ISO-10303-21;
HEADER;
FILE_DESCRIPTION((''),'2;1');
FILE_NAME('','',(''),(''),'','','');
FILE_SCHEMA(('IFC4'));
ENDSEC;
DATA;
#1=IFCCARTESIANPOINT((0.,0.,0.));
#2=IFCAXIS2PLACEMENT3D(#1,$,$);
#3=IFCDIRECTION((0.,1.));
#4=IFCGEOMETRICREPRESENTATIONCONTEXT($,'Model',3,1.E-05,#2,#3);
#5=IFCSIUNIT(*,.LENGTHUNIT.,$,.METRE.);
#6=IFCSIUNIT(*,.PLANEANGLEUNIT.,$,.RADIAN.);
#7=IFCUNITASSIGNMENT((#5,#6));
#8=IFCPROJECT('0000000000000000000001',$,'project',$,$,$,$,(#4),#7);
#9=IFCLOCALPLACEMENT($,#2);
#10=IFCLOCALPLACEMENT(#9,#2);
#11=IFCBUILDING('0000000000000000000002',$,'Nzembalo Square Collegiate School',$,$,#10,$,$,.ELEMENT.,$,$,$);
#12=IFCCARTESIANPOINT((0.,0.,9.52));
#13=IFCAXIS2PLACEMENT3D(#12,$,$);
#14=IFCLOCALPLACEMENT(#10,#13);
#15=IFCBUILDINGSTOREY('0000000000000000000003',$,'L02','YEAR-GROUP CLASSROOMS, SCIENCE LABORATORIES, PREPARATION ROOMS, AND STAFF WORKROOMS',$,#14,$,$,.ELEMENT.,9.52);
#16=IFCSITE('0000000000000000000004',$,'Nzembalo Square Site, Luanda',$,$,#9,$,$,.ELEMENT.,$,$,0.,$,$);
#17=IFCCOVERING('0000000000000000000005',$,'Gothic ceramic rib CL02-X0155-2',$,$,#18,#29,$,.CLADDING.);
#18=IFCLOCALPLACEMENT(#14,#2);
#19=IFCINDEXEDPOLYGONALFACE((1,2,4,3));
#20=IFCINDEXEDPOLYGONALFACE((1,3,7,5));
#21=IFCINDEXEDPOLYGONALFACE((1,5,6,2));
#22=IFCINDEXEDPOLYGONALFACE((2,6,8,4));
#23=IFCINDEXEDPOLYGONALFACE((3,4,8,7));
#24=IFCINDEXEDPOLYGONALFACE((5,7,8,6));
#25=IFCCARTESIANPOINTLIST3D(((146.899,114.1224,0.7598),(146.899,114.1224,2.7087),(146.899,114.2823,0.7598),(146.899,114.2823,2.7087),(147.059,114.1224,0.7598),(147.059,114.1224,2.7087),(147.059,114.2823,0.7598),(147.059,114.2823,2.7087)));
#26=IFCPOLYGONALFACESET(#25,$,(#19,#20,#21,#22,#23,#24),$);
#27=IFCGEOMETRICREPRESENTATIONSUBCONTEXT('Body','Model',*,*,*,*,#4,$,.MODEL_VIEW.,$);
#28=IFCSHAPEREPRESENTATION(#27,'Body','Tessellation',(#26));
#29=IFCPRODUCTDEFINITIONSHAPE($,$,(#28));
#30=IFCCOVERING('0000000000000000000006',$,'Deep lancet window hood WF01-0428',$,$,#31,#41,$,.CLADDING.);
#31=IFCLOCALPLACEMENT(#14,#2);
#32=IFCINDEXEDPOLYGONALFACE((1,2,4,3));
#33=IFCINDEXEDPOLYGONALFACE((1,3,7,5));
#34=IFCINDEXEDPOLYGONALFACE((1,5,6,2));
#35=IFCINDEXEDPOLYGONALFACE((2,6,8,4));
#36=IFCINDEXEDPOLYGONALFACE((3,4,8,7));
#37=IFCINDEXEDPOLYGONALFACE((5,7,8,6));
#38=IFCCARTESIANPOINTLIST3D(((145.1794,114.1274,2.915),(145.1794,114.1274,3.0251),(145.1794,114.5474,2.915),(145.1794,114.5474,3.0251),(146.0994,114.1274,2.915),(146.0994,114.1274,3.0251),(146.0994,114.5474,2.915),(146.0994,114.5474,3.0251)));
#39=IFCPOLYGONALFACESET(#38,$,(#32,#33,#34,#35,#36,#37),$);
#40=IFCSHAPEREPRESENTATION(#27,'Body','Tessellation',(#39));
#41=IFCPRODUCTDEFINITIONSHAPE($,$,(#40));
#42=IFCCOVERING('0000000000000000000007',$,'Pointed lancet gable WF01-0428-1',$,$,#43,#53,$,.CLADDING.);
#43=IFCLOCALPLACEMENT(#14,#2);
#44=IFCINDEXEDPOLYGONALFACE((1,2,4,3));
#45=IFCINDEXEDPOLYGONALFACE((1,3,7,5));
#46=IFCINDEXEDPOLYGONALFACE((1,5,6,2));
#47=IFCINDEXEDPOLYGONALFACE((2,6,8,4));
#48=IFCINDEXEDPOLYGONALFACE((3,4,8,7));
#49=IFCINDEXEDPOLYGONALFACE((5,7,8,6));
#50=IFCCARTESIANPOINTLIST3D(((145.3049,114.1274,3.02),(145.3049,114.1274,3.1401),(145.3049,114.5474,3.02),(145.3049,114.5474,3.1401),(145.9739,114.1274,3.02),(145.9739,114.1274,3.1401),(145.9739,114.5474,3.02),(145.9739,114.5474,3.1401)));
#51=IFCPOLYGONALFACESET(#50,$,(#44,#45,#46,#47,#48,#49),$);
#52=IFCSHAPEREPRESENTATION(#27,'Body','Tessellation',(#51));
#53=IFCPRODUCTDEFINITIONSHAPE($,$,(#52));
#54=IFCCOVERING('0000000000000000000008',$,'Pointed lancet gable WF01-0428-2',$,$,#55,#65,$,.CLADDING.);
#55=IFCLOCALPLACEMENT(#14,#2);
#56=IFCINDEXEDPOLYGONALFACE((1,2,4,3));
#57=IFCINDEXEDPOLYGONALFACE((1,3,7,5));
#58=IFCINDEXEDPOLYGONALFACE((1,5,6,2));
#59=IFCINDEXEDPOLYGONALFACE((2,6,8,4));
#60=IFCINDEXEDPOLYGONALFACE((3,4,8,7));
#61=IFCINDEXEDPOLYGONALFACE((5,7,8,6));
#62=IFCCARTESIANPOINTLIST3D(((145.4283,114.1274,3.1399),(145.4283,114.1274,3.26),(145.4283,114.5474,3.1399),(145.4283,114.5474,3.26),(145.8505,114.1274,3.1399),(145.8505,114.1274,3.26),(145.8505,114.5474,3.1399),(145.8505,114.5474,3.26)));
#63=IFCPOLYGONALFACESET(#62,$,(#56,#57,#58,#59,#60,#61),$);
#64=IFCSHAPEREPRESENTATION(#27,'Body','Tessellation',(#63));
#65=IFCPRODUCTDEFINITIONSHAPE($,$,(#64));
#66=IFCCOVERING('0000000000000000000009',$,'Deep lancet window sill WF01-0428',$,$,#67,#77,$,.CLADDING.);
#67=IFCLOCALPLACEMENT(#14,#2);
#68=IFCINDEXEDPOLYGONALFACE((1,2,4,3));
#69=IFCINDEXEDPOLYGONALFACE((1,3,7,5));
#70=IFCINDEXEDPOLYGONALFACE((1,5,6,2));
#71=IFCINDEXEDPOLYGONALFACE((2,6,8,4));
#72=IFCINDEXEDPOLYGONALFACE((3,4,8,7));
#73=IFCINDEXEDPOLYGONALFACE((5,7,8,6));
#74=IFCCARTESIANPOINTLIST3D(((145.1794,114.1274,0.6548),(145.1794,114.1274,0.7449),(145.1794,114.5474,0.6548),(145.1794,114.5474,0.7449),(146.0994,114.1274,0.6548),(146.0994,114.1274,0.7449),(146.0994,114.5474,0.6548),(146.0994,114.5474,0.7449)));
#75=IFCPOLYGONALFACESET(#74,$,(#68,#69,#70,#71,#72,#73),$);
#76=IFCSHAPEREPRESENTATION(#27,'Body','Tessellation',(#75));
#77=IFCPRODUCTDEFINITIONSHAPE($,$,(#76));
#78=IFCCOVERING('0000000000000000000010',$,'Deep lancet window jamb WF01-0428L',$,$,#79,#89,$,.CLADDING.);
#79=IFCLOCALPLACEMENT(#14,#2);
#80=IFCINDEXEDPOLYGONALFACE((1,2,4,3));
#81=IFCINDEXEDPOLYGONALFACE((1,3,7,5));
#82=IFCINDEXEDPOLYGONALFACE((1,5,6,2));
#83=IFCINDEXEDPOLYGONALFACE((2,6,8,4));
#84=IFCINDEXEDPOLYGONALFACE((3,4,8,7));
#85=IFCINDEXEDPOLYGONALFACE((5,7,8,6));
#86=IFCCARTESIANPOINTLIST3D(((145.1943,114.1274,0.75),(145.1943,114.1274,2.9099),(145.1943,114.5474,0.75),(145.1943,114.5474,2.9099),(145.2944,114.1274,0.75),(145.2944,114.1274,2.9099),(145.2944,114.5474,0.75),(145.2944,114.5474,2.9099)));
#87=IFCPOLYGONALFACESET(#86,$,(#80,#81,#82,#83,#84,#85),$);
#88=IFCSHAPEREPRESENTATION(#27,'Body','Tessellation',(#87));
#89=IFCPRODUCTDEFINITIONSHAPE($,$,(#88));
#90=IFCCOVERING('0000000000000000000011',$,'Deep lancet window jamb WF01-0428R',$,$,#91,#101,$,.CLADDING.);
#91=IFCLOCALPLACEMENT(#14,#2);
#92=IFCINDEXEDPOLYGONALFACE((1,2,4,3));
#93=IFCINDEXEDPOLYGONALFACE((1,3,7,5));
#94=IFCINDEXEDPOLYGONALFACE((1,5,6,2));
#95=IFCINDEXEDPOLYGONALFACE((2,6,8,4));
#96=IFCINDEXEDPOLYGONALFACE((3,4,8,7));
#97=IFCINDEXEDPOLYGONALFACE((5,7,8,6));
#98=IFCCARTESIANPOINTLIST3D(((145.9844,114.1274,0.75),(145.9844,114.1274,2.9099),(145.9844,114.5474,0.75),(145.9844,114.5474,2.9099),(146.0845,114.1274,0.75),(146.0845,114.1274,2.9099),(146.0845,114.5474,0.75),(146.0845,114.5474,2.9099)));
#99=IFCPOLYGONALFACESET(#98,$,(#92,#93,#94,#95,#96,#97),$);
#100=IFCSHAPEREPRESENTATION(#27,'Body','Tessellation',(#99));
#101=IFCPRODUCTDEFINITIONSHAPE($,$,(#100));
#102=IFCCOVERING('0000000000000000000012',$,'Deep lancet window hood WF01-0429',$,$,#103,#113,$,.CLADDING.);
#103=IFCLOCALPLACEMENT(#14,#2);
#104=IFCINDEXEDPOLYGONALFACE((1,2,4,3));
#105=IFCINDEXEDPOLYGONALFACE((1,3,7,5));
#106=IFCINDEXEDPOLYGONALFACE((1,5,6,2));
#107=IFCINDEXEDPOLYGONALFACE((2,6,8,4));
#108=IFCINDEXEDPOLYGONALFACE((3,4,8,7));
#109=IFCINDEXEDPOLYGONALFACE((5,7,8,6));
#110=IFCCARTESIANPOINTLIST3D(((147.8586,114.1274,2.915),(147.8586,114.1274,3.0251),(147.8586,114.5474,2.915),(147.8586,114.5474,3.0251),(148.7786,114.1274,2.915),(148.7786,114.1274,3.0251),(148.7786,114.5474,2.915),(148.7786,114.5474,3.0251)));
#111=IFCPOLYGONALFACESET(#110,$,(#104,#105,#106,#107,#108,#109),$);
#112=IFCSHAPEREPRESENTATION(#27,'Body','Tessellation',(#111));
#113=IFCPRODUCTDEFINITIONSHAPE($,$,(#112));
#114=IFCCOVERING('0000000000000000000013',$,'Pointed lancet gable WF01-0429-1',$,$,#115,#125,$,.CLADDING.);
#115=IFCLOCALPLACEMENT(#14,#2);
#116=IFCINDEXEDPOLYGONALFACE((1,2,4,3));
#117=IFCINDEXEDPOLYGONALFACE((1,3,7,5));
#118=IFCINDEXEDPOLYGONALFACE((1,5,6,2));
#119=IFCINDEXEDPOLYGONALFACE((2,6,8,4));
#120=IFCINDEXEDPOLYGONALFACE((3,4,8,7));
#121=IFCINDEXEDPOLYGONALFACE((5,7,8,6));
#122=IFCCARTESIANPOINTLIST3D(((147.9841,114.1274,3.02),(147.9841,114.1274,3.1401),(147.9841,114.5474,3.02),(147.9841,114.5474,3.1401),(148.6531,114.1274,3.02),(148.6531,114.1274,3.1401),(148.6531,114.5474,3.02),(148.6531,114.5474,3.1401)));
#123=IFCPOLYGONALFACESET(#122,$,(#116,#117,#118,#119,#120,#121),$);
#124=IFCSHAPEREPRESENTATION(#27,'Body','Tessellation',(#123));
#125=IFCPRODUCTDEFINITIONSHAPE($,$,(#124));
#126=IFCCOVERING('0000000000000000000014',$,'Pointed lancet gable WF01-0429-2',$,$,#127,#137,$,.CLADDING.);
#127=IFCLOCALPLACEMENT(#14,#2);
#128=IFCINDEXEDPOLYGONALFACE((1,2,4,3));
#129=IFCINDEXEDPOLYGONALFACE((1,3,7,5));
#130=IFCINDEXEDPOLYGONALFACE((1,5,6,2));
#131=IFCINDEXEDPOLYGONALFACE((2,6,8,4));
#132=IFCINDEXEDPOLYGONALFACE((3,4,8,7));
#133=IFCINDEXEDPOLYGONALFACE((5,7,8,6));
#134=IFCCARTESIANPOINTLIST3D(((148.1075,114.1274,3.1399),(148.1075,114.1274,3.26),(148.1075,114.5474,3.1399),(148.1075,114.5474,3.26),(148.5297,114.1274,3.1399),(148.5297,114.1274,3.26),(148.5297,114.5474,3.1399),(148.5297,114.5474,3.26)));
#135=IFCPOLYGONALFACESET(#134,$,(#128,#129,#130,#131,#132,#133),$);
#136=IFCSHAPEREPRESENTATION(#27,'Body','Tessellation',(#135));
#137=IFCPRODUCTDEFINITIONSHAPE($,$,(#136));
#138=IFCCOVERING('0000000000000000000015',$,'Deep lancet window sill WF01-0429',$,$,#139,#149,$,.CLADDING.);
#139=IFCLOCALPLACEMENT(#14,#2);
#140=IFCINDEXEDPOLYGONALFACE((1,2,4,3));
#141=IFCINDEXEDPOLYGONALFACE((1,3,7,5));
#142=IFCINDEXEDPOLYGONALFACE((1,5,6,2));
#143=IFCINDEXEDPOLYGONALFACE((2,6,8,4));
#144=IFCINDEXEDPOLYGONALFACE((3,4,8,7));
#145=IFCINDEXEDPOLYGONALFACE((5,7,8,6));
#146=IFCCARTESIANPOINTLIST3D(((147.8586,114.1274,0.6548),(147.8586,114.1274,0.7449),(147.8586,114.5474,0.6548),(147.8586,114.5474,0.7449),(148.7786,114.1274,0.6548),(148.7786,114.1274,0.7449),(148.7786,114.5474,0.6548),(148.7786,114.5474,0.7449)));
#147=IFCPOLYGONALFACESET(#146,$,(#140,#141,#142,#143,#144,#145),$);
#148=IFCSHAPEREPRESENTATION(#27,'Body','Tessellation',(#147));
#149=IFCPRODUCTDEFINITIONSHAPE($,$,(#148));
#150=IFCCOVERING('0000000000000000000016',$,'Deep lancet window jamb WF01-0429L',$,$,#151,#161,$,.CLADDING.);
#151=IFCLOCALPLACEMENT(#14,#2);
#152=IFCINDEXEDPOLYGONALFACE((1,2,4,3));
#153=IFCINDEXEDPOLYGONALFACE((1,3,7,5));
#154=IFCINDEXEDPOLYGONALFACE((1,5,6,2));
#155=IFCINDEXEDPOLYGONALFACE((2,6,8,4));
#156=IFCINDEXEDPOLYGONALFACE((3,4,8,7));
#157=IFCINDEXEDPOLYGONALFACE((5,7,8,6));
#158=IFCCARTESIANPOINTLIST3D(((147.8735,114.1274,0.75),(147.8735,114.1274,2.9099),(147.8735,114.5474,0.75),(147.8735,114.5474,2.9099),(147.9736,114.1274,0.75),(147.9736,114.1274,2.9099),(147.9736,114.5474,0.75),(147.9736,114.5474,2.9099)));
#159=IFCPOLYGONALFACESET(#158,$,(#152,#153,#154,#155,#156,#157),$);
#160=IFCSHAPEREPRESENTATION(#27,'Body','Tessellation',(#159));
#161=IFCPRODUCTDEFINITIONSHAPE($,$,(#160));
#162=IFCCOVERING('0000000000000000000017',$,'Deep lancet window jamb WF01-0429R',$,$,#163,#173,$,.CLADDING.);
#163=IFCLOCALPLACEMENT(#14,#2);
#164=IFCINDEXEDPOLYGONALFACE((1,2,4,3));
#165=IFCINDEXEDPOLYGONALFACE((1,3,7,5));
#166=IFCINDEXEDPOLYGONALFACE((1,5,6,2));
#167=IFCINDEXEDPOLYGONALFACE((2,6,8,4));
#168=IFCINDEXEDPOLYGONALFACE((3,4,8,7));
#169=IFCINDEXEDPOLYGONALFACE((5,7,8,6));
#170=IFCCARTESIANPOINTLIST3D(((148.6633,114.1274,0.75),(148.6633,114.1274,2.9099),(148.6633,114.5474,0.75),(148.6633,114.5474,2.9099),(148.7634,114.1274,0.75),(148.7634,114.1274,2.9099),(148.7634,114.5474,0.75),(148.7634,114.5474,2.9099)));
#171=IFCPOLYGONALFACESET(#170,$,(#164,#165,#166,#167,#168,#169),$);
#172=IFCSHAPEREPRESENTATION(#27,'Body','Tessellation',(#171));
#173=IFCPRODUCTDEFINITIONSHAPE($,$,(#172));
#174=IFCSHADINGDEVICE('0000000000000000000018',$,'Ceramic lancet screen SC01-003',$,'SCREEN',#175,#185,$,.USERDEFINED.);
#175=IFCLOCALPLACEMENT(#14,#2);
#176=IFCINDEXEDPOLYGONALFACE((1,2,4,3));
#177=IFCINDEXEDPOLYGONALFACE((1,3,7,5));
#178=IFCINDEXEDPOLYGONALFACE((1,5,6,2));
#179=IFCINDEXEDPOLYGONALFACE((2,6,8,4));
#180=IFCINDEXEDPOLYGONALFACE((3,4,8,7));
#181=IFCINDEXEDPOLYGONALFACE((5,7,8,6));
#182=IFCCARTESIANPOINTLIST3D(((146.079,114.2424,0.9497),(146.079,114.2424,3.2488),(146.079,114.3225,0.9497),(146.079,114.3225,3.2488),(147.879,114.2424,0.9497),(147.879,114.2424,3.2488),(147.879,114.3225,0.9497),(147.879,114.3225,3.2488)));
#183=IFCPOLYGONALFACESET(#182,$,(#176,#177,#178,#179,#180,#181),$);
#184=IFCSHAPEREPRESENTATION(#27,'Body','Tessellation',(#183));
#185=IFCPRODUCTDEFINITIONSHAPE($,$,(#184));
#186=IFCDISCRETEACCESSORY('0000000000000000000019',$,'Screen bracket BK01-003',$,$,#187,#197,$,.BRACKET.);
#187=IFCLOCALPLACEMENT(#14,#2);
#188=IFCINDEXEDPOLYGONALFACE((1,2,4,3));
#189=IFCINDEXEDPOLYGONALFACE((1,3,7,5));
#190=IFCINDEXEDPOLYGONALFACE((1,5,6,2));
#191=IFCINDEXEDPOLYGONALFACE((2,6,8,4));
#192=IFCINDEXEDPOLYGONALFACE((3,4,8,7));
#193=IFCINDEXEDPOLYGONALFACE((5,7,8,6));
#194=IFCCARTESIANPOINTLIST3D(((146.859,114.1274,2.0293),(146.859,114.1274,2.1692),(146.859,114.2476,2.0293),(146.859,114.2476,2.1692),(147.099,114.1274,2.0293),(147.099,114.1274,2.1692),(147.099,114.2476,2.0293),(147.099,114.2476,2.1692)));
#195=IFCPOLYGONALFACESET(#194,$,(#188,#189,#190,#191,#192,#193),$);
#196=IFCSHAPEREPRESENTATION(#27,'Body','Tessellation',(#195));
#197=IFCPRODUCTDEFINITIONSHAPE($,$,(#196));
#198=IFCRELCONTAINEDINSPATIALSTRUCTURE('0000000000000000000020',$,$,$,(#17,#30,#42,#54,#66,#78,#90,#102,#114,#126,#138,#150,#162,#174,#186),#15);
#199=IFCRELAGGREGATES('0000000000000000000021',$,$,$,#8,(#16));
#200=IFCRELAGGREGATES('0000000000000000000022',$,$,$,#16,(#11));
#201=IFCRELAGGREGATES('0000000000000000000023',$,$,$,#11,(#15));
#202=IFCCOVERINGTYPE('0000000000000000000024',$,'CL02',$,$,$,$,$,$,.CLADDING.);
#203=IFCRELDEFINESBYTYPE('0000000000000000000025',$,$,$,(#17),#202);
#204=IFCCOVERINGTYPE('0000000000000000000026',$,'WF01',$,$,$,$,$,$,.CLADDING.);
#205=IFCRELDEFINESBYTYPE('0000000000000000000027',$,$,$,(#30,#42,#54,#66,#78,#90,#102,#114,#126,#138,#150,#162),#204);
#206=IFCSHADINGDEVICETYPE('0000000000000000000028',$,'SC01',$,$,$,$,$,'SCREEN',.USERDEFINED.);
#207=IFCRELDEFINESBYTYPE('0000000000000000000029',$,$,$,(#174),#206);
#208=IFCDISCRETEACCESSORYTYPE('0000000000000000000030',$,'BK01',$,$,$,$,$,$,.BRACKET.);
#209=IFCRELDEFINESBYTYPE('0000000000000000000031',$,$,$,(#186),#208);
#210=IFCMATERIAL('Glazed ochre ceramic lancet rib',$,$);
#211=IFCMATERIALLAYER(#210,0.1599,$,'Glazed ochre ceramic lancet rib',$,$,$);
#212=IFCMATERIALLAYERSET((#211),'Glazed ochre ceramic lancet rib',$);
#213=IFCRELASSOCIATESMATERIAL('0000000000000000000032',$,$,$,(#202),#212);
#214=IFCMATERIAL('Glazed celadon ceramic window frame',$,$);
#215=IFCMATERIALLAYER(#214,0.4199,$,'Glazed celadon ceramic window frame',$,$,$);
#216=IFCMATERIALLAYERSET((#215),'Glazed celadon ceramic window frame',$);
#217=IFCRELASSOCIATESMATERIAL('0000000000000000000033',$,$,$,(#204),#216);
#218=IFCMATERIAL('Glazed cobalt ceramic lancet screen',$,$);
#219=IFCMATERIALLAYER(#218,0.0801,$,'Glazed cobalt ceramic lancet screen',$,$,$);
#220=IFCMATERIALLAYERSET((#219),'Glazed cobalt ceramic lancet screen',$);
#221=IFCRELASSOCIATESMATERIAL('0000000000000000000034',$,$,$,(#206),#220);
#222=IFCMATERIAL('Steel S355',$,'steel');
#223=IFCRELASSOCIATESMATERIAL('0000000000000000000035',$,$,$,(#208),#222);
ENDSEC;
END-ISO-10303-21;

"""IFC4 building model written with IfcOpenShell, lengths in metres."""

from ifc_helpers import new_model, si_unit, direction, frame, origin, origin_2d, place, context, subcontext, project, spatial, rectangle, extrude, material, layer, layer_set, type_object, element, save


model = new_model("IFC4")

# Units and contexts
model_context = context("Model", 3, precision=1e-05, world=origin(), true_north=direction((0.0, 1.0)))
body_context = subcontext(model_context, "Body", "Model", "MODEL_VIEW")
ifc_project = project(units=[si_unit("LENGTHUNIT", "METRE"), si_unit("PLANEANGLEUNIT", "RADIAN")], contexts=[model_context])

# Site, building, storey
site_placement = place(None, origin())
site = spatial("IfcSite", under=ifc_project, at=site_placement, Name="Nzembalo Square Site, Luanda", CompositionType="ELEMENT", RefElevation=0.0)
building_placement = place(site_placement, origin())
building = spatial("IfcBuilding", under=site, at=building_placement, Name="Nzembalo Square Collegiate School", CompositionType="ELEMENT")
storey_placement = place(building_placement, frame((0.0, 0.0, 9.52)))
storey = spatial("IfcBuildingStorey", under=building, at=storey_placement, Name="L02", Description="YEAR-GROUP CLASSROOMS, SCIENCE LABORATORIES, PREPARATION ROOMS, AND STAFF WORKROOMS", CompositionType="ELEMENT", Elevation=9.52)

# Coverings
ifc_material_1 = material(Name="Glazed ochre ceramic lancet rib")
ifc_layer_1 = layer(ifc_material_1, 0.1599, Name="Glazed ochre ceramic lancet rib")
ifc_layer_set_1 = layer_set([ifc_layer_1], Name="Glazed ochre ceramic lancet rib")
covering_type_1 = type_object("IfcCoveringType", Name="CL02", PredefinedType="CLADDING", material=ifc_layer_set_1)
covering_1_placement = place(storey_placement, frame((146.979, 114.2024, 0.7598), z_axis=(0.0, 0.0, 1.0), x_axis=(1.0, 0.0, 0.0)))
element("IfcCovering", 1, at=covering_1_placement, inside=storey, type_object=covering_type_1, Name="Gothic ceramic rib CL02-X0155-2", PredefinedType="CLADDING", context=body_context, shape_type="SweptSolid", body=[
    extrude(rectangle(XDim=0.1599, YDim=0.1599, at=origin_2d()), origin(), (0.0, 0.0, 1.0), 1.949),
])
ifc_material_2 = material(Name="Glazed celadon ceramic window frame")
ifc_layer_2 = layer(ifc_material_2, 0.4199, Name="Glazed celadon ceramic window frame")
ifc_layer_set_2 = layer_set([ifc_layer_2], Name="Glazed celadon ceramic window frame")
covering_type_2 = type_object("IfcCoveringType", Name="WF01", PredefinedType="CLADDING", material=ifc_layer_set_2)
covering_2_placement = place(storey_placement, frame((145.6394, 114.3374, 2.915), z_axis=(0.0, 0.0, 1.0), x_axis=(1.0, 0.0, 0.0)))
element("IfcCovering", 2, at=covering_2_placement, inside=storey, type_object=covering_type_2, Name="Deep lancet window hood WF01-0428", PredefinedType="CLADDING", context=body_context, shape_type="SweptSolid", body=[
    extrude(rectangle(XDim=0.9199, YDim=0.4199, at=origin_2d()), origin(), (0.0, 0.0, 1.0), 0.1101),
])
covering_3_placement = place(storey_placement, frame((145.6394, 114.3374, 3.02), z_axis=(0.0, 0.0, 1.0), x_axis=(1.0, 0.0, 0.0)))
element("IfcCovering", 3, at=covering_3_placement, inside=storey, type_object=covering_type_2, Name="Pointed lancet gable WF01-0428-1", PredefinedType="CLADDING", context=body_context, shape_type="SweptSolid", body=[
    extrude(rectangle(XDim=0.6689, YDim=0.4199, at=origin_2d()), origin(), (0.0, 0.0, 1.0), 0.1201),
])
covering_4_placement = place(storey_placement, frame((145.6394, 114.3374, 3.1399), z_axis=(0.0, 0.0, 1.0), x_axis=(1.0, 0.0, 0.0)))
element("IfcCovering", 4, at=covering_4_placement, inside=storey, type_object=covering_type_2, Name="Pointed lancet gable WF01-0428-2", PredefinedType="CLADDING", context=body_context, shape_type="SweptSolid", body=[
    extrude(rectangle(XDim=0.4221, YDim=0.4199, at=origin_2d()), origin(), (0.0, 0.0, 1.0), 0.1201),
])
covering_5_placement = place(storey_placement, frame((145.6394, 114.3374, 0.6548), z_axis=(0.0, 0.0, 1.0), x_axis=(1.0, 0.0, 0.0)))
element("IfcCovering", 5, at=covering_5_placement, inside=storey, type_object=covering_type_2, Name="Deep lancet window sill WF01-0428", PredefinedType="CLADDING", context=body_context, shape_type="SweptSolid", body=[
    extrude(rectangle(XDim=0.9199, YDim=0.4199, at=origin_2d()), origin(), (0.0, 0.0, 1.0), 0.0901),
])
for number, where, z_axis, x_axis, name in (
    (6, (145.2444, 114.3374, 0.75), (0.0, 0.0, 1.0), (1.0, 0.0, 0.0), "Deep lancet window jamb WF01-0428L"),
    (7, (146.0344, 114.3374, 0.75), (0.0, 0.0, 1.0), (1.0, 0.0, 0.0), "Deep lancet window jamb WF01-0428R"),
):
    element("IfcCovering", number, at=place(storey_placement, frame(where, z_axis=z_axis, x_axis=x_axis)), inside=storey, type_object=covering_type_2, Name=name, PredefinedType="CLADDING", context=body_context, shape_type="SweptSolid", body=[
        extrude(rectangle(XDim=0.1001, YDim=0.4199, at=origin_2d()), origin(), (0.0, 0.0, 1.0), 2.1599),
    ])
covering_6_placement = place(storey_placement, frame((148.3186, 114.3374, 2.915), z_axis=(0.0, 0.0, 1.0), x_axis=(1.0, 0.0, 0.0)))
element("IfcCovering", 8, at=covering_6_placement, inside=storey, type_object=covering_type_2, Name="Deep lancet window hood WF01-0429", PredefinedType="CLADDING", context=body_context, shape_type="SweptSolid", body=[
    extrude(rectangle(XDim=0.9199, YDim=0.4199, at=origin_2d()), origin(), (0.0, 0.0, 1.0), 0.1101),
])
covering_7_placement = place(storey_placement, frame((148.3186, 114.3374, 3.02), z_axis=(0.0, 0.0, 1.0), x_axis=(1.0, 0.0, 0.0)))
element("IfcCovering", 9, at=covering_7_placement, inside=storey, type_object=covering_type_2, Name="Pointed lancet gable WF01-0429-1", PredefinedType="CLADDING", context=body_context, shape_type="SweptSolid", body=[
    extrude(rectangle(XDim=0.6689, YDim=0.4199, at=origin_2d()), origin(), (0.0, 0.0, 1.0), 0.1201),
])
covering_8_placement = place(storey_placement, frame((148.3186, 114.3374, 3.1399), z_axis=(0.0, 0.0, 1.0), x_axis=(1.0, 0.0, 0.0)))
element("IfcCovering", 10, at=covering_8_placement, inside=storey, type_object=covering_type_2, Name="Pointed lancet gable WF01-0429-2", PredefinedType="CLADDING", context=body_context, shape_type="SweptSolid", body=[
    extrude(rectangle(XDim=0.4221, YDim=0.4199, at=origin_2d()), origin(), (0.0, 0.0, 1.0), 0.1201),
])
covering_9_placement = place(storey_placement, frame((148.3186, 114.3374, 0.6548), z_axis=(0.0, 0.0, 1.0), x_axis=(1.0, 0.0, 0.0)))
element("IfcCovering", 11, at=covering_9_placement, inside=storey, type_object=covering_type_2, Name="Deep lancet window sill WF01-0429", PredefinedType="CLADDING", context=body_context, shape_type="SweptSolid", body=[
    extrude(rectangle(XDim=0.9199, YDim=0.4199, at=origin_2d()), origin(), (0.0, 0.0, 1.0), 0.0901),
])
for number, where, z_axis, x_axis, name in (
    (12, (147.9236, 114.3374, 0.75), (0.0, 0.0, 1.0), (1.0, 0.0, 0.0), "Deep lancet window jamb WF01-0429L"),
    (13, (148.7134, 114.3374, 0.75), (0.0, 0.0, 1.0), (1.0, 0.0, 0.0), "Deep lancet window jamb WF01-0429R"),
):
    element("IfcCovering", number, at=place(storey_placement, frame(where, z_axis=z_axis, x_axis=x_axis)), inside=storey, type_object=covering_type_2, Name=name, PredefinedType="CLADDING", context=body_context, shape_type="SweptSolid", body=[
        extrude(rectangle(XDim=0.1001, YDim=0.4199, at=origin_2d()), origin(), (0.0, 0.0, 1.0), 2.1599),
    ])

# Shading device
ifc_material_3 = material(Name="Glazed cobalt ceramic lancet screen")
ifc_layer_3 = layer(ifc_material_3, 0.0801, Name="Glazed cobalt ceramic lancet screen")
ifc_layer_set_3 = layer_set([ifc_layer_3], Name="Glazed cobalt ceramic lancet screen")
shading_device_type = type_object("IfcShadingDeviceType", Name="SC01", ElementType="SCREEN", PredefinedType="USERDEFINED", material=ifc_layer_set_3)
shading_device_placement = place(storey_placement, frame((146.979, 114.2825, 0.9497), z_axis=(0.0, 0.0, 1.0), x_axis=(1.0, 0.0, 0.0)))
element("IfcShadingDevice", 14, at=shading_device_placement, inside=storey, type_object=shading_device_type, Name="Ceramic lancet screen SC01-003", ObjectType="SCREEN", PredefinedType="USERDEFINED", context=body_context, shape_type="SweptSolid", body=[
    extrude(rectangle(XDim=1.8, YDim=0.0801, at=origin_2d()), origin(), (0.0, 0.0, 1.0), 2.2991),
])

# Discrete accessory
ifc_material_4 = material(Name="Steel S355", Category="steel")
discrete_accessory_type = type_object("IfcDiscreteAccessoryType", Name="BK01", PredefinedType="BRACKET", material=ifc_material_4)
discrete_accessory_placement = place(storey_placement, frame((146.979, 114.1875, 2.0293), z_axis=(0.0, 0.0, 1.0), x_axis=(1.0, 0.0, 0.0)))
element("IfcDiscreteAccessory", 15, at=discrete_accessory_placement, inside=storey, type_object=discrete_accessory_type, Name="Screen bracket BK01-003", PredefinedType="BRACKET", context=body_context, shape_type="SweptSolid", body=[
    extrude(rectangle(XDim=0.24, YDim=0.1201, at=origin_2d()), origin(), (0.0, 0.0, 1.0), 0.1399),
])

save(model, "model.ifc")
